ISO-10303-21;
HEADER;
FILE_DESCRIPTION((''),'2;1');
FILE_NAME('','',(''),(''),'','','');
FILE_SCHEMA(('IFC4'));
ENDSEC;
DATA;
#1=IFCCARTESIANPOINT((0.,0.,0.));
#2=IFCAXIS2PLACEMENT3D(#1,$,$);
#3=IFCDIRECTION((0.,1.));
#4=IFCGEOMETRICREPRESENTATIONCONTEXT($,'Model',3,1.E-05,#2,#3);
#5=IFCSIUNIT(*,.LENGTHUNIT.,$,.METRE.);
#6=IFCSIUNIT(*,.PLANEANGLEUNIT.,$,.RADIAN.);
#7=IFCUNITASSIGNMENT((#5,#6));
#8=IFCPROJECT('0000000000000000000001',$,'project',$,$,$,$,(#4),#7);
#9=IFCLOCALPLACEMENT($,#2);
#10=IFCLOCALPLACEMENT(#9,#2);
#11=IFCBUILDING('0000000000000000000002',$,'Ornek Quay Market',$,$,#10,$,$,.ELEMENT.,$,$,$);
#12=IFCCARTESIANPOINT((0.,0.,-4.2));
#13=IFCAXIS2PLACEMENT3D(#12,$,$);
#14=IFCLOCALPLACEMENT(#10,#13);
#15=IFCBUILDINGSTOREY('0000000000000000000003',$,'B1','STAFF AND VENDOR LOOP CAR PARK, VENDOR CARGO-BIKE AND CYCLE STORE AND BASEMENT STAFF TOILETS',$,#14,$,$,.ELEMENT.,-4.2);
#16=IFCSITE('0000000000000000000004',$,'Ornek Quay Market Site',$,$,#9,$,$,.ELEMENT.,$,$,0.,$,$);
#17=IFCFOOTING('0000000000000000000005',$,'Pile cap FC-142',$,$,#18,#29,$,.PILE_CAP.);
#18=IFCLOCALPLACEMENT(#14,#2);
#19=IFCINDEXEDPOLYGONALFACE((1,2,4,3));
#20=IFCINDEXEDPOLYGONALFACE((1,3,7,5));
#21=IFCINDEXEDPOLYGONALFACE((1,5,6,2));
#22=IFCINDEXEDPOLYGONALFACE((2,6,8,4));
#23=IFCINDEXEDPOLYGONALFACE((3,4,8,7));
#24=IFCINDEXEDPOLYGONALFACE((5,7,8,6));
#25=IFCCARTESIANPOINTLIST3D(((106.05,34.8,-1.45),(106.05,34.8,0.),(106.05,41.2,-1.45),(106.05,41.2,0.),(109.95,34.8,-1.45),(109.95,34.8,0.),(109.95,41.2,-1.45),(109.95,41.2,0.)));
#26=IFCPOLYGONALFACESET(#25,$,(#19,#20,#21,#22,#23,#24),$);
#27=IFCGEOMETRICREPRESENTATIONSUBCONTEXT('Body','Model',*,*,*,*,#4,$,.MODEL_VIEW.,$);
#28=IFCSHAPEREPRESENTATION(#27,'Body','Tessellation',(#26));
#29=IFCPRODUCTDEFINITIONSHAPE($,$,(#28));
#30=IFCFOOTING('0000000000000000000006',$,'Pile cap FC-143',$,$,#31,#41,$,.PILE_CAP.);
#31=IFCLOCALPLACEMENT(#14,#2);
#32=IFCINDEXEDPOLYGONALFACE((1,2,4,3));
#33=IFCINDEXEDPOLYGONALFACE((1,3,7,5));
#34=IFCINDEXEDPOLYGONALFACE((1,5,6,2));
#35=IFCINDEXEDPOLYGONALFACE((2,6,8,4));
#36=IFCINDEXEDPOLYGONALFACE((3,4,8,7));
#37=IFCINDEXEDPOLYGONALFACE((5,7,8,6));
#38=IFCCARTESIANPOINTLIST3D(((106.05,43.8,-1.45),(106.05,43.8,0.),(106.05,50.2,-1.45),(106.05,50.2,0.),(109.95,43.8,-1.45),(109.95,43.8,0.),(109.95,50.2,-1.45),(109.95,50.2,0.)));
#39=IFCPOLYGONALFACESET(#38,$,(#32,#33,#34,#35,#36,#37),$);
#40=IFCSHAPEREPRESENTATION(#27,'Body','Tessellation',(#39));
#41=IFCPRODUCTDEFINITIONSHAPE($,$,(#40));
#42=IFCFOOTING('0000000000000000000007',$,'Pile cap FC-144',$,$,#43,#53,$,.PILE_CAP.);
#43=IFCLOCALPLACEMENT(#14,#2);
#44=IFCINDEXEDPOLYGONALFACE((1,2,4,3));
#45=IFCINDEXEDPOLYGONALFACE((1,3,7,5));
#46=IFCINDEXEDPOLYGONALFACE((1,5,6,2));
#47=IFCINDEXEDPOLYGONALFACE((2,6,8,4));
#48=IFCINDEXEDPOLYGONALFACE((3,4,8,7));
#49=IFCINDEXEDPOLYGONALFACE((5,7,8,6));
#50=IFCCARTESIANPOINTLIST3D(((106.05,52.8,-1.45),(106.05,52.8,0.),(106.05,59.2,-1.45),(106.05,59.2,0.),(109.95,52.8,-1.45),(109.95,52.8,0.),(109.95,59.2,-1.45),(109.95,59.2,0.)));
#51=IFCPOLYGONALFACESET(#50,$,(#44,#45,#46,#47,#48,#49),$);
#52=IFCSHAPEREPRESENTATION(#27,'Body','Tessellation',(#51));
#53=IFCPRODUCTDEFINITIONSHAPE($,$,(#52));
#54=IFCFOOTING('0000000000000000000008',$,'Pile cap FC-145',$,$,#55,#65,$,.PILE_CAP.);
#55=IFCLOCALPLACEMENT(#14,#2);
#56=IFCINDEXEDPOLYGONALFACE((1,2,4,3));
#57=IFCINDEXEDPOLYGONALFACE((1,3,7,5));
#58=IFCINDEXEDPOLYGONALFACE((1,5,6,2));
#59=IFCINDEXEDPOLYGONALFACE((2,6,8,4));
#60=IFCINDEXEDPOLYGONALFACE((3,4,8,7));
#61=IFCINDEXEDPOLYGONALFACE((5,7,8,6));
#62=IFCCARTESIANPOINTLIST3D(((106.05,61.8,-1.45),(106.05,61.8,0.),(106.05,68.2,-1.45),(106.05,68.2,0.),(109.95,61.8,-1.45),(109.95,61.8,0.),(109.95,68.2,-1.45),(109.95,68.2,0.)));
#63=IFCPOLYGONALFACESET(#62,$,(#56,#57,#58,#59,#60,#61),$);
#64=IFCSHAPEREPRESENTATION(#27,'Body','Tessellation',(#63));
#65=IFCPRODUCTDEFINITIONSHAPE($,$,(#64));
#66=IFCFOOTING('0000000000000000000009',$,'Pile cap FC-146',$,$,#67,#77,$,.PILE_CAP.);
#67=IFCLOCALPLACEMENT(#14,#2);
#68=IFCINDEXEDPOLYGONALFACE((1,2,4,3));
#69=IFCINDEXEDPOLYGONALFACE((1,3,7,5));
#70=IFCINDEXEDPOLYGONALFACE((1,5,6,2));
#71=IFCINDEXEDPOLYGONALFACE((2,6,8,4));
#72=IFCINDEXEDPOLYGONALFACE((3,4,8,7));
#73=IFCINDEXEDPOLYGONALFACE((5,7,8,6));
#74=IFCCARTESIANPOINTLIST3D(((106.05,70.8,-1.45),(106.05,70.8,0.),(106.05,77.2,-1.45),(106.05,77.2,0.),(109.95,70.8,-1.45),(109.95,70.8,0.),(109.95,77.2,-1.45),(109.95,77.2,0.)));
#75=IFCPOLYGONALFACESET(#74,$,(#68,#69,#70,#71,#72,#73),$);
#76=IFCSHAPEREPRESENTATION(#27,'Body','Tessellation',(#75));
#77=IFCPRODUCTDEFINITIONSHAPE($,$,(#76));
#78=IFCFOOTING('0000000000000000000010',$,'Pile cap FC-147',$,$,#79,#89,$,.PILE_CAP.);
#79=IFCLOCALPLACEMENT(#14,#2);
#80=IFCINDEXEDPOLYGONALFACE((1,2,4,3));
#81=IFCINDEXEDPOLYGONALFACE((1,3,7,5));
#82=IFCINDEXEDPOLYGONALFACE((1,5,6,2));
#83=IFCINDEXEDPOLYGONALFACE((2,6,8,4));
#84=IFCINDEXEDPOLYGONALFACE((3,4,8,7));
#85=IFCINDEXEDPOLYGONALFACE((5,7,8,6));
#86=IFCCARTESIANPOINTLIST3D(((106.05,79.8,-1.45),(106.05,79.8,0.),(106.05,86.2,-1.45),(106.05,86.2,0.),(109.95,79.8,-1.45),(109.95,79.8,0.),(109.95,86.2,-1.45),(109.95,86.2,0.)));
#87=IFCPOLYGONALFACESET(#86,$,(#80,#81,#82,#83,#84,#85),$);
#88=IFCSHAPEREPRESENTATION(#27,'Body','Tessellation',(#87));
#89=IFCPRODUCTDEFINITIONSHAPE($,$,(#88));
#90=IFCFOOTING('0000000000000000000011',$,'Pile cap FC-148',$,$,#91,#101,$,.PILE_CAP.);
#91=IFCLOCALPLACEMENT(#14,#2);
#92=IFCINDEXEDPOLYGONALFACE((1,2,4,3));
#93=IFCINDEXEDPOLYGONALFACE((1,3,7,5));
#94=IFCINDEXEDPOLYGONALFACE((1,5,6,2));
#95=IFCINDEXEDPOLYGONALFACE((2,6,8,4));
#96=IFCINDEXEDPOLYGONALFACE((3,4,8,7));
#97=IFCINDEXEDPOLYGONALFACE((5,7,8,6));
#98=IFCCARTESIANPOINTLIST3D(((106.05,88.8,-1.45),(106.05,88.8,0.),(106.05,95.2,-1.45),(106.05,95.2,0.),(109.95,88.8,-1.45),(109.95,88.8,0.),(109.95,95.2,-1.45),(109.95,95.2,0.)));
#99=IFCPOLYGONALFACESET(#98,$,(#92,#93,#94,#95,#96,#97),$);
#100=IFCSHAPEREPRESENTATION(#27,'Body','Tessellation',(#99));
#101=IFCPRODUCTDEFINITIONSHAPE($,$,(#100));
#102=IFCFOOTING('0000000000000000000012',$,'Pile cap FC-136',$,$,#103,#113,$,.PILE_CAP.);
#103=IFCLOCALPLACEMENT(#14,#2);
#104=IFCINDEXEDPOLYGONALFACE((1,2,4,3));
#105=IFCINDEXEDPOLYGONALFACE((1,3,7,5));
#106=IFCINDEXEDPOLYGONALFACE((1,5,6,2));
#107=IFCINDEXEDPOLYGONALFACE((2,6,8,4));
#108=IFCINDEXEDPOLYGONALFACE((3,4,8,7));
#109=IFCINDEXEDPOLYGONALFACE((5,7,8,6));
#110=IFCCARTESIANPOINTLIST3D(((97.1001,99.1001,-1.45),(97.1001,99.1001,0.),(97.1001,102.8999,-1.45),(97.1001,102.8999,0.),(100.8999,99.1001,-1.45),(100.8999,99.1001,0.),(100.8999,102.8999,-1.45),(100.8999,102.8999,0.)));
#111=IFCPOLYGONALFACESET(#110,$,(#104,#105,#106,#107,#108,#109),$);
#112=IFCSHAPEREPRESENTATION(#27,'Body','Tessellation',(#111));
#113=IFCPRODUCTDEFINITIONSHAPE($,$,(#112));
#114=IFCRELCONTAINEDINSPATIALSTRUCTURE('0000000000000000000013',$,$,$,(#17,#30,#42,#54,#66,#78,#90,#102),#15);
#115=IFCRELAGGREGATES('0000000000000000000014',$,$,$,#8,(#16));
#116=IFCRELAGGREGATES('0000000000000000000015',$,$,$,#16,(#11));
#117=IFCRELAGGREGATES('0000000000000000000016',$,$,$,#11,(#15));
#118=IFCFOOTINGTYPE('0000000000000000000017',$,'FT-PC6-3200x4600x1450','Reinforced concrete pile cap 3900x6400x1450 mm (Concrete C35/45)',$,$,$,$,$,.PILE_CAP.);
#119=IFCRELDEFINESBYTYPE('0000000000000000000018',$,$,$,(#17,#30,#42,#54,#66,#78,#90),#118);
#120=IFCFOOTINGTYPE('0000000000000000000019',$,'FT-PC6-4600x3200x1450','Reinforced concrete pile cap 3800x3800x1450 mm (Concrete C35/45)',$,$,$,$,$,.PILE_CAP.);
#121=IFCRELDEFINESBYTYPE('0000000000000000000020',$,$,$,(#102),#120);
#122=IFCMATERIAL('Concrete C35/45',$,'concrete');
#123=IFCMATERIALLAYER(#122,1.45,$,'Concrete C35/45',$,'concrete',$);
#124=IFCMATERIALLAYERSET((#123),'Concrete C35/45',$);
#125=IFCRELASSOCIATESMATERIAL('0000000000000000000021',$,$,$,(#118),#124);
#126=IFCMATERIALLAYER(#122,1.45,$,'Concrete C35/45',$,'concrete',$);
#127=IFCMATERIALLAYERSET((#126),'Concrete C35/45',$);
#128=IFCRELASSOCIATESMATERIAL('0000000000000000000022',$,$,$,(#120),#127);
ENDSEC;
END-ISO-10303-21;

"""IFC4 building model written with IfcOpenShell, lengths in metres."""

from ifc_helpers import new_model, si_unit, direction, frame, origin, place, context, subcontext, project, spatial, polyline, outline, extrude, material, layer, layer_set, type_object, element, save


model = new_model("IFC4")

# Units and contexts
model_context = context("Model", 3, precision=1e-05, world=origin(), true_north=direction((0.0, 1.0)))
body_context = subcontext(model_context, "Body", "Model", "MODEL_VIEW")
ifc_project = project(units=[si_unit("LENGTHUNIT", "METRE"), si_unit("PLANEANGLEUNIT", "RADIAN")], contexts=[model_context])

# Site, building, storey
site_placement = place(None, origin())
site = spatial("IfcSite", under=ifc_project, at=site_placement, Name="Ornek Quay Market Site", CompositionType="ELEMENT", RefElevation=0.0)
building_placement = place(site_placement, origin())
building = spatial("IfcBuilding", under=site, at=building_placement, Name="Ornek Quay Market", CompositionType="ELEMENT")
storey_placement = place(building_placement, frame((0.0, 0.0, -4.2)))
storey = spatial("IfcBuildingStorey", under=building, at=storey_placement, Name="B1", Description="STAFF AND VENDOR LOOP CAR PARK, VENDOR CARGO-BIKE AND CYCLE STORE AND BASEMENT STAFF TOILETS", CompositionType="ELEMENT", Elevation=-4.2)

# Footings
ifc_material = material(Name="Concrete C35/45", Category="concrete")
ifc_layer_1 = layer(ifc_material, 1.45, Name="Concrete C35/45", Category="concrete")
ifc_layer_set_1 = layer_set([ifc_layer_1], Name="Concrete C35/45")
footing_type_1 = type_object("IfcFootingType", Name="FT-PC6-3200x4600x1450", Description="Reinforced concrete pile cap 3900x6400x1450 mm (Concrete C35/45)", PredefinedType="PILE_CAP", material=ifc_layer_set_1)
footing_1_placement = place(storey_placement, frame((0.0, 0.0, -1.45)))
element("IfcFooting", 1, at=footing_1_placement, inside=storey, type_object=footing_type_1, Name="Pile cap FC-142", PredefinedType="PILE_CAP", context=body_context, shape_type="SweptSolid", body=[
    extrude(outline(polyline([(106.05, 34.8), (109.95, 34.8), (109.95, 41.2), (106.05, 41.2), (106.05, 34.8)])), origin(), (0.0, 0.0, 1.0), 1.45),
])
footing_2_placement = place(storey_placement, frame((0.0, 0.0, -1.45)))
element("IfcFooting", 2, at=footing_2_placement, inside=storey, type_object=footing_type_1, Name="Pile cap FC-143", PredefinedType="PILE_CAP", context=body_context, shape_type="SweptSolid", body=[
    extrude(outline(polyline([(106.05, 43.8), (109.95, 43.8), (109.95, 50.2), (106.05, 50.2), (106.05, 43.8)])), origin(), (0.0, 0.0, 1.0), 1.45),
])
footing_3_placement = place(storey_placement, frame((0.0, 0.0, -1.45)))
element("IfcFooting", 3, at=footing_3_placement, inside=storey, type_object=footing_type_1, Name="Pile cap FC-144", PredefinedType="PILE_CAP", context=body_context, shape_type="SweptSolid", body=[
    extrude(outline(polyline([(106.05, 52.8), (109.95, 52.8), (109.95, 59.2), (106.05, 59.2), (106.05, 52.8)])), origin(), (0.0, 0.0, 1.0), 1.45),
])
footing_4_placement = place(storey_placement, frame((0.0, 0.0, -1.45)))
element("IfcFooting", 4, at=footing_4_placement, inside=storey, type_object=footing_type_1, Name="Pile cap FC-145", PredefinedType="PILE_CAP", context=body_context, shape_type="SweptSolid", body=[
    extrude(outline(polyline([(106.05, 61.8), (109.95, 61.8), (109.95, 68.2), (106.05, 68.2), (106.05, 61.8)])), origin(), (0.0, 0.0, 1.0), 1.45),
])
footing_5_placement = place(storey_placement, frame((0.0, 0.0, -1.45)))
element("IfcFooting", 5, at=footing_5_placement, inside=storey, type_object=footing_type_1, Name="Pile cap FC-146", PredefinedType="PILE_CAP", context=body_context, shape_type="SweptSolid", body=[
    extrude(outline(polyline([(106.05, 70.8), (109.95, 70.8), (109.95, 77.2), (106.05, 77.2), (106.05, 70.8)])), origin(), (0.0, 0.0, 1.0), 1.45),
])
footing_6_placement = place(storey_placement, frame((0.0, 0.0, -1.45)))
element("IfcFooting", 6, at=footing_6_placement, inside=storey, type_object=footing_type_1, Name="Pile cap FC-147", PredefinedType="PILE_CAP", context=body_context, shape_type="SweptSolid", body=[
    extrude(outline(polyline([(106.05, 79.8), (109.95, 79.8), (109.95, 86.2), (106.05, 86.2), (106.05, 79.8)])), origin(), (0.0, 0.0, 1.0), 1.45),
])
footing_7_placement = place(storey_placement, frame((0.0, 0.0, -1.45)))
element("IfcFooting", 7, at=footing_7_placement, inside=storey, type_object=footing_type_1, Name="Pile cap FC-148", PredefinedType="PILE_CAP", context=body_context, shape_type="SweptSolid", body=[
    extrude(outline(polyline([(106.05, 88.8), (109.95, 88.8), (109.95, 95.2), (106.05, 95.2), (106.05, 88.8)])), origin(), (0.0, 0.0, 1.0), 1.45),
])
ifc_layer_2 = layer(ifc_material, 1.45, Name="Concrete C35/45", Category="concrete")
ifc_layer_set_2 = layer_set([ifc_layer_2], Name="Concrete C35/45")
footing_type_2 = type_object("IfcFootingType", Name="FT-PC6-4600x3200x1450", Description="Reinforced concrete pile cap 3800x3800x1450 mm (Concrete C35/45)", PredefinedType="PILE_CAP", material=ifc_layer_set_2)
footing_8_placement = place(storey_placement, frame((0.0, 0.0, -1.45)))
element("IfcFooting", 8, at=footing_8_placement, inside=storey, type_object=footing_type_2, Name="Pile cap FC-136", PredefinedType="PILE_CAP", context=body_context, shape_type="SweptSolid", body=[
    extrude(outline(polyline([(97.1001, 99.1001), (100.8999, 99.1001), (100.8999, 102.8999), (97.1001, 102.8999), (97.1001, 99.1001)])), origin(), (0.0, 0.0, 1.0), 1.45),
])

save(model, "model.ifc")
